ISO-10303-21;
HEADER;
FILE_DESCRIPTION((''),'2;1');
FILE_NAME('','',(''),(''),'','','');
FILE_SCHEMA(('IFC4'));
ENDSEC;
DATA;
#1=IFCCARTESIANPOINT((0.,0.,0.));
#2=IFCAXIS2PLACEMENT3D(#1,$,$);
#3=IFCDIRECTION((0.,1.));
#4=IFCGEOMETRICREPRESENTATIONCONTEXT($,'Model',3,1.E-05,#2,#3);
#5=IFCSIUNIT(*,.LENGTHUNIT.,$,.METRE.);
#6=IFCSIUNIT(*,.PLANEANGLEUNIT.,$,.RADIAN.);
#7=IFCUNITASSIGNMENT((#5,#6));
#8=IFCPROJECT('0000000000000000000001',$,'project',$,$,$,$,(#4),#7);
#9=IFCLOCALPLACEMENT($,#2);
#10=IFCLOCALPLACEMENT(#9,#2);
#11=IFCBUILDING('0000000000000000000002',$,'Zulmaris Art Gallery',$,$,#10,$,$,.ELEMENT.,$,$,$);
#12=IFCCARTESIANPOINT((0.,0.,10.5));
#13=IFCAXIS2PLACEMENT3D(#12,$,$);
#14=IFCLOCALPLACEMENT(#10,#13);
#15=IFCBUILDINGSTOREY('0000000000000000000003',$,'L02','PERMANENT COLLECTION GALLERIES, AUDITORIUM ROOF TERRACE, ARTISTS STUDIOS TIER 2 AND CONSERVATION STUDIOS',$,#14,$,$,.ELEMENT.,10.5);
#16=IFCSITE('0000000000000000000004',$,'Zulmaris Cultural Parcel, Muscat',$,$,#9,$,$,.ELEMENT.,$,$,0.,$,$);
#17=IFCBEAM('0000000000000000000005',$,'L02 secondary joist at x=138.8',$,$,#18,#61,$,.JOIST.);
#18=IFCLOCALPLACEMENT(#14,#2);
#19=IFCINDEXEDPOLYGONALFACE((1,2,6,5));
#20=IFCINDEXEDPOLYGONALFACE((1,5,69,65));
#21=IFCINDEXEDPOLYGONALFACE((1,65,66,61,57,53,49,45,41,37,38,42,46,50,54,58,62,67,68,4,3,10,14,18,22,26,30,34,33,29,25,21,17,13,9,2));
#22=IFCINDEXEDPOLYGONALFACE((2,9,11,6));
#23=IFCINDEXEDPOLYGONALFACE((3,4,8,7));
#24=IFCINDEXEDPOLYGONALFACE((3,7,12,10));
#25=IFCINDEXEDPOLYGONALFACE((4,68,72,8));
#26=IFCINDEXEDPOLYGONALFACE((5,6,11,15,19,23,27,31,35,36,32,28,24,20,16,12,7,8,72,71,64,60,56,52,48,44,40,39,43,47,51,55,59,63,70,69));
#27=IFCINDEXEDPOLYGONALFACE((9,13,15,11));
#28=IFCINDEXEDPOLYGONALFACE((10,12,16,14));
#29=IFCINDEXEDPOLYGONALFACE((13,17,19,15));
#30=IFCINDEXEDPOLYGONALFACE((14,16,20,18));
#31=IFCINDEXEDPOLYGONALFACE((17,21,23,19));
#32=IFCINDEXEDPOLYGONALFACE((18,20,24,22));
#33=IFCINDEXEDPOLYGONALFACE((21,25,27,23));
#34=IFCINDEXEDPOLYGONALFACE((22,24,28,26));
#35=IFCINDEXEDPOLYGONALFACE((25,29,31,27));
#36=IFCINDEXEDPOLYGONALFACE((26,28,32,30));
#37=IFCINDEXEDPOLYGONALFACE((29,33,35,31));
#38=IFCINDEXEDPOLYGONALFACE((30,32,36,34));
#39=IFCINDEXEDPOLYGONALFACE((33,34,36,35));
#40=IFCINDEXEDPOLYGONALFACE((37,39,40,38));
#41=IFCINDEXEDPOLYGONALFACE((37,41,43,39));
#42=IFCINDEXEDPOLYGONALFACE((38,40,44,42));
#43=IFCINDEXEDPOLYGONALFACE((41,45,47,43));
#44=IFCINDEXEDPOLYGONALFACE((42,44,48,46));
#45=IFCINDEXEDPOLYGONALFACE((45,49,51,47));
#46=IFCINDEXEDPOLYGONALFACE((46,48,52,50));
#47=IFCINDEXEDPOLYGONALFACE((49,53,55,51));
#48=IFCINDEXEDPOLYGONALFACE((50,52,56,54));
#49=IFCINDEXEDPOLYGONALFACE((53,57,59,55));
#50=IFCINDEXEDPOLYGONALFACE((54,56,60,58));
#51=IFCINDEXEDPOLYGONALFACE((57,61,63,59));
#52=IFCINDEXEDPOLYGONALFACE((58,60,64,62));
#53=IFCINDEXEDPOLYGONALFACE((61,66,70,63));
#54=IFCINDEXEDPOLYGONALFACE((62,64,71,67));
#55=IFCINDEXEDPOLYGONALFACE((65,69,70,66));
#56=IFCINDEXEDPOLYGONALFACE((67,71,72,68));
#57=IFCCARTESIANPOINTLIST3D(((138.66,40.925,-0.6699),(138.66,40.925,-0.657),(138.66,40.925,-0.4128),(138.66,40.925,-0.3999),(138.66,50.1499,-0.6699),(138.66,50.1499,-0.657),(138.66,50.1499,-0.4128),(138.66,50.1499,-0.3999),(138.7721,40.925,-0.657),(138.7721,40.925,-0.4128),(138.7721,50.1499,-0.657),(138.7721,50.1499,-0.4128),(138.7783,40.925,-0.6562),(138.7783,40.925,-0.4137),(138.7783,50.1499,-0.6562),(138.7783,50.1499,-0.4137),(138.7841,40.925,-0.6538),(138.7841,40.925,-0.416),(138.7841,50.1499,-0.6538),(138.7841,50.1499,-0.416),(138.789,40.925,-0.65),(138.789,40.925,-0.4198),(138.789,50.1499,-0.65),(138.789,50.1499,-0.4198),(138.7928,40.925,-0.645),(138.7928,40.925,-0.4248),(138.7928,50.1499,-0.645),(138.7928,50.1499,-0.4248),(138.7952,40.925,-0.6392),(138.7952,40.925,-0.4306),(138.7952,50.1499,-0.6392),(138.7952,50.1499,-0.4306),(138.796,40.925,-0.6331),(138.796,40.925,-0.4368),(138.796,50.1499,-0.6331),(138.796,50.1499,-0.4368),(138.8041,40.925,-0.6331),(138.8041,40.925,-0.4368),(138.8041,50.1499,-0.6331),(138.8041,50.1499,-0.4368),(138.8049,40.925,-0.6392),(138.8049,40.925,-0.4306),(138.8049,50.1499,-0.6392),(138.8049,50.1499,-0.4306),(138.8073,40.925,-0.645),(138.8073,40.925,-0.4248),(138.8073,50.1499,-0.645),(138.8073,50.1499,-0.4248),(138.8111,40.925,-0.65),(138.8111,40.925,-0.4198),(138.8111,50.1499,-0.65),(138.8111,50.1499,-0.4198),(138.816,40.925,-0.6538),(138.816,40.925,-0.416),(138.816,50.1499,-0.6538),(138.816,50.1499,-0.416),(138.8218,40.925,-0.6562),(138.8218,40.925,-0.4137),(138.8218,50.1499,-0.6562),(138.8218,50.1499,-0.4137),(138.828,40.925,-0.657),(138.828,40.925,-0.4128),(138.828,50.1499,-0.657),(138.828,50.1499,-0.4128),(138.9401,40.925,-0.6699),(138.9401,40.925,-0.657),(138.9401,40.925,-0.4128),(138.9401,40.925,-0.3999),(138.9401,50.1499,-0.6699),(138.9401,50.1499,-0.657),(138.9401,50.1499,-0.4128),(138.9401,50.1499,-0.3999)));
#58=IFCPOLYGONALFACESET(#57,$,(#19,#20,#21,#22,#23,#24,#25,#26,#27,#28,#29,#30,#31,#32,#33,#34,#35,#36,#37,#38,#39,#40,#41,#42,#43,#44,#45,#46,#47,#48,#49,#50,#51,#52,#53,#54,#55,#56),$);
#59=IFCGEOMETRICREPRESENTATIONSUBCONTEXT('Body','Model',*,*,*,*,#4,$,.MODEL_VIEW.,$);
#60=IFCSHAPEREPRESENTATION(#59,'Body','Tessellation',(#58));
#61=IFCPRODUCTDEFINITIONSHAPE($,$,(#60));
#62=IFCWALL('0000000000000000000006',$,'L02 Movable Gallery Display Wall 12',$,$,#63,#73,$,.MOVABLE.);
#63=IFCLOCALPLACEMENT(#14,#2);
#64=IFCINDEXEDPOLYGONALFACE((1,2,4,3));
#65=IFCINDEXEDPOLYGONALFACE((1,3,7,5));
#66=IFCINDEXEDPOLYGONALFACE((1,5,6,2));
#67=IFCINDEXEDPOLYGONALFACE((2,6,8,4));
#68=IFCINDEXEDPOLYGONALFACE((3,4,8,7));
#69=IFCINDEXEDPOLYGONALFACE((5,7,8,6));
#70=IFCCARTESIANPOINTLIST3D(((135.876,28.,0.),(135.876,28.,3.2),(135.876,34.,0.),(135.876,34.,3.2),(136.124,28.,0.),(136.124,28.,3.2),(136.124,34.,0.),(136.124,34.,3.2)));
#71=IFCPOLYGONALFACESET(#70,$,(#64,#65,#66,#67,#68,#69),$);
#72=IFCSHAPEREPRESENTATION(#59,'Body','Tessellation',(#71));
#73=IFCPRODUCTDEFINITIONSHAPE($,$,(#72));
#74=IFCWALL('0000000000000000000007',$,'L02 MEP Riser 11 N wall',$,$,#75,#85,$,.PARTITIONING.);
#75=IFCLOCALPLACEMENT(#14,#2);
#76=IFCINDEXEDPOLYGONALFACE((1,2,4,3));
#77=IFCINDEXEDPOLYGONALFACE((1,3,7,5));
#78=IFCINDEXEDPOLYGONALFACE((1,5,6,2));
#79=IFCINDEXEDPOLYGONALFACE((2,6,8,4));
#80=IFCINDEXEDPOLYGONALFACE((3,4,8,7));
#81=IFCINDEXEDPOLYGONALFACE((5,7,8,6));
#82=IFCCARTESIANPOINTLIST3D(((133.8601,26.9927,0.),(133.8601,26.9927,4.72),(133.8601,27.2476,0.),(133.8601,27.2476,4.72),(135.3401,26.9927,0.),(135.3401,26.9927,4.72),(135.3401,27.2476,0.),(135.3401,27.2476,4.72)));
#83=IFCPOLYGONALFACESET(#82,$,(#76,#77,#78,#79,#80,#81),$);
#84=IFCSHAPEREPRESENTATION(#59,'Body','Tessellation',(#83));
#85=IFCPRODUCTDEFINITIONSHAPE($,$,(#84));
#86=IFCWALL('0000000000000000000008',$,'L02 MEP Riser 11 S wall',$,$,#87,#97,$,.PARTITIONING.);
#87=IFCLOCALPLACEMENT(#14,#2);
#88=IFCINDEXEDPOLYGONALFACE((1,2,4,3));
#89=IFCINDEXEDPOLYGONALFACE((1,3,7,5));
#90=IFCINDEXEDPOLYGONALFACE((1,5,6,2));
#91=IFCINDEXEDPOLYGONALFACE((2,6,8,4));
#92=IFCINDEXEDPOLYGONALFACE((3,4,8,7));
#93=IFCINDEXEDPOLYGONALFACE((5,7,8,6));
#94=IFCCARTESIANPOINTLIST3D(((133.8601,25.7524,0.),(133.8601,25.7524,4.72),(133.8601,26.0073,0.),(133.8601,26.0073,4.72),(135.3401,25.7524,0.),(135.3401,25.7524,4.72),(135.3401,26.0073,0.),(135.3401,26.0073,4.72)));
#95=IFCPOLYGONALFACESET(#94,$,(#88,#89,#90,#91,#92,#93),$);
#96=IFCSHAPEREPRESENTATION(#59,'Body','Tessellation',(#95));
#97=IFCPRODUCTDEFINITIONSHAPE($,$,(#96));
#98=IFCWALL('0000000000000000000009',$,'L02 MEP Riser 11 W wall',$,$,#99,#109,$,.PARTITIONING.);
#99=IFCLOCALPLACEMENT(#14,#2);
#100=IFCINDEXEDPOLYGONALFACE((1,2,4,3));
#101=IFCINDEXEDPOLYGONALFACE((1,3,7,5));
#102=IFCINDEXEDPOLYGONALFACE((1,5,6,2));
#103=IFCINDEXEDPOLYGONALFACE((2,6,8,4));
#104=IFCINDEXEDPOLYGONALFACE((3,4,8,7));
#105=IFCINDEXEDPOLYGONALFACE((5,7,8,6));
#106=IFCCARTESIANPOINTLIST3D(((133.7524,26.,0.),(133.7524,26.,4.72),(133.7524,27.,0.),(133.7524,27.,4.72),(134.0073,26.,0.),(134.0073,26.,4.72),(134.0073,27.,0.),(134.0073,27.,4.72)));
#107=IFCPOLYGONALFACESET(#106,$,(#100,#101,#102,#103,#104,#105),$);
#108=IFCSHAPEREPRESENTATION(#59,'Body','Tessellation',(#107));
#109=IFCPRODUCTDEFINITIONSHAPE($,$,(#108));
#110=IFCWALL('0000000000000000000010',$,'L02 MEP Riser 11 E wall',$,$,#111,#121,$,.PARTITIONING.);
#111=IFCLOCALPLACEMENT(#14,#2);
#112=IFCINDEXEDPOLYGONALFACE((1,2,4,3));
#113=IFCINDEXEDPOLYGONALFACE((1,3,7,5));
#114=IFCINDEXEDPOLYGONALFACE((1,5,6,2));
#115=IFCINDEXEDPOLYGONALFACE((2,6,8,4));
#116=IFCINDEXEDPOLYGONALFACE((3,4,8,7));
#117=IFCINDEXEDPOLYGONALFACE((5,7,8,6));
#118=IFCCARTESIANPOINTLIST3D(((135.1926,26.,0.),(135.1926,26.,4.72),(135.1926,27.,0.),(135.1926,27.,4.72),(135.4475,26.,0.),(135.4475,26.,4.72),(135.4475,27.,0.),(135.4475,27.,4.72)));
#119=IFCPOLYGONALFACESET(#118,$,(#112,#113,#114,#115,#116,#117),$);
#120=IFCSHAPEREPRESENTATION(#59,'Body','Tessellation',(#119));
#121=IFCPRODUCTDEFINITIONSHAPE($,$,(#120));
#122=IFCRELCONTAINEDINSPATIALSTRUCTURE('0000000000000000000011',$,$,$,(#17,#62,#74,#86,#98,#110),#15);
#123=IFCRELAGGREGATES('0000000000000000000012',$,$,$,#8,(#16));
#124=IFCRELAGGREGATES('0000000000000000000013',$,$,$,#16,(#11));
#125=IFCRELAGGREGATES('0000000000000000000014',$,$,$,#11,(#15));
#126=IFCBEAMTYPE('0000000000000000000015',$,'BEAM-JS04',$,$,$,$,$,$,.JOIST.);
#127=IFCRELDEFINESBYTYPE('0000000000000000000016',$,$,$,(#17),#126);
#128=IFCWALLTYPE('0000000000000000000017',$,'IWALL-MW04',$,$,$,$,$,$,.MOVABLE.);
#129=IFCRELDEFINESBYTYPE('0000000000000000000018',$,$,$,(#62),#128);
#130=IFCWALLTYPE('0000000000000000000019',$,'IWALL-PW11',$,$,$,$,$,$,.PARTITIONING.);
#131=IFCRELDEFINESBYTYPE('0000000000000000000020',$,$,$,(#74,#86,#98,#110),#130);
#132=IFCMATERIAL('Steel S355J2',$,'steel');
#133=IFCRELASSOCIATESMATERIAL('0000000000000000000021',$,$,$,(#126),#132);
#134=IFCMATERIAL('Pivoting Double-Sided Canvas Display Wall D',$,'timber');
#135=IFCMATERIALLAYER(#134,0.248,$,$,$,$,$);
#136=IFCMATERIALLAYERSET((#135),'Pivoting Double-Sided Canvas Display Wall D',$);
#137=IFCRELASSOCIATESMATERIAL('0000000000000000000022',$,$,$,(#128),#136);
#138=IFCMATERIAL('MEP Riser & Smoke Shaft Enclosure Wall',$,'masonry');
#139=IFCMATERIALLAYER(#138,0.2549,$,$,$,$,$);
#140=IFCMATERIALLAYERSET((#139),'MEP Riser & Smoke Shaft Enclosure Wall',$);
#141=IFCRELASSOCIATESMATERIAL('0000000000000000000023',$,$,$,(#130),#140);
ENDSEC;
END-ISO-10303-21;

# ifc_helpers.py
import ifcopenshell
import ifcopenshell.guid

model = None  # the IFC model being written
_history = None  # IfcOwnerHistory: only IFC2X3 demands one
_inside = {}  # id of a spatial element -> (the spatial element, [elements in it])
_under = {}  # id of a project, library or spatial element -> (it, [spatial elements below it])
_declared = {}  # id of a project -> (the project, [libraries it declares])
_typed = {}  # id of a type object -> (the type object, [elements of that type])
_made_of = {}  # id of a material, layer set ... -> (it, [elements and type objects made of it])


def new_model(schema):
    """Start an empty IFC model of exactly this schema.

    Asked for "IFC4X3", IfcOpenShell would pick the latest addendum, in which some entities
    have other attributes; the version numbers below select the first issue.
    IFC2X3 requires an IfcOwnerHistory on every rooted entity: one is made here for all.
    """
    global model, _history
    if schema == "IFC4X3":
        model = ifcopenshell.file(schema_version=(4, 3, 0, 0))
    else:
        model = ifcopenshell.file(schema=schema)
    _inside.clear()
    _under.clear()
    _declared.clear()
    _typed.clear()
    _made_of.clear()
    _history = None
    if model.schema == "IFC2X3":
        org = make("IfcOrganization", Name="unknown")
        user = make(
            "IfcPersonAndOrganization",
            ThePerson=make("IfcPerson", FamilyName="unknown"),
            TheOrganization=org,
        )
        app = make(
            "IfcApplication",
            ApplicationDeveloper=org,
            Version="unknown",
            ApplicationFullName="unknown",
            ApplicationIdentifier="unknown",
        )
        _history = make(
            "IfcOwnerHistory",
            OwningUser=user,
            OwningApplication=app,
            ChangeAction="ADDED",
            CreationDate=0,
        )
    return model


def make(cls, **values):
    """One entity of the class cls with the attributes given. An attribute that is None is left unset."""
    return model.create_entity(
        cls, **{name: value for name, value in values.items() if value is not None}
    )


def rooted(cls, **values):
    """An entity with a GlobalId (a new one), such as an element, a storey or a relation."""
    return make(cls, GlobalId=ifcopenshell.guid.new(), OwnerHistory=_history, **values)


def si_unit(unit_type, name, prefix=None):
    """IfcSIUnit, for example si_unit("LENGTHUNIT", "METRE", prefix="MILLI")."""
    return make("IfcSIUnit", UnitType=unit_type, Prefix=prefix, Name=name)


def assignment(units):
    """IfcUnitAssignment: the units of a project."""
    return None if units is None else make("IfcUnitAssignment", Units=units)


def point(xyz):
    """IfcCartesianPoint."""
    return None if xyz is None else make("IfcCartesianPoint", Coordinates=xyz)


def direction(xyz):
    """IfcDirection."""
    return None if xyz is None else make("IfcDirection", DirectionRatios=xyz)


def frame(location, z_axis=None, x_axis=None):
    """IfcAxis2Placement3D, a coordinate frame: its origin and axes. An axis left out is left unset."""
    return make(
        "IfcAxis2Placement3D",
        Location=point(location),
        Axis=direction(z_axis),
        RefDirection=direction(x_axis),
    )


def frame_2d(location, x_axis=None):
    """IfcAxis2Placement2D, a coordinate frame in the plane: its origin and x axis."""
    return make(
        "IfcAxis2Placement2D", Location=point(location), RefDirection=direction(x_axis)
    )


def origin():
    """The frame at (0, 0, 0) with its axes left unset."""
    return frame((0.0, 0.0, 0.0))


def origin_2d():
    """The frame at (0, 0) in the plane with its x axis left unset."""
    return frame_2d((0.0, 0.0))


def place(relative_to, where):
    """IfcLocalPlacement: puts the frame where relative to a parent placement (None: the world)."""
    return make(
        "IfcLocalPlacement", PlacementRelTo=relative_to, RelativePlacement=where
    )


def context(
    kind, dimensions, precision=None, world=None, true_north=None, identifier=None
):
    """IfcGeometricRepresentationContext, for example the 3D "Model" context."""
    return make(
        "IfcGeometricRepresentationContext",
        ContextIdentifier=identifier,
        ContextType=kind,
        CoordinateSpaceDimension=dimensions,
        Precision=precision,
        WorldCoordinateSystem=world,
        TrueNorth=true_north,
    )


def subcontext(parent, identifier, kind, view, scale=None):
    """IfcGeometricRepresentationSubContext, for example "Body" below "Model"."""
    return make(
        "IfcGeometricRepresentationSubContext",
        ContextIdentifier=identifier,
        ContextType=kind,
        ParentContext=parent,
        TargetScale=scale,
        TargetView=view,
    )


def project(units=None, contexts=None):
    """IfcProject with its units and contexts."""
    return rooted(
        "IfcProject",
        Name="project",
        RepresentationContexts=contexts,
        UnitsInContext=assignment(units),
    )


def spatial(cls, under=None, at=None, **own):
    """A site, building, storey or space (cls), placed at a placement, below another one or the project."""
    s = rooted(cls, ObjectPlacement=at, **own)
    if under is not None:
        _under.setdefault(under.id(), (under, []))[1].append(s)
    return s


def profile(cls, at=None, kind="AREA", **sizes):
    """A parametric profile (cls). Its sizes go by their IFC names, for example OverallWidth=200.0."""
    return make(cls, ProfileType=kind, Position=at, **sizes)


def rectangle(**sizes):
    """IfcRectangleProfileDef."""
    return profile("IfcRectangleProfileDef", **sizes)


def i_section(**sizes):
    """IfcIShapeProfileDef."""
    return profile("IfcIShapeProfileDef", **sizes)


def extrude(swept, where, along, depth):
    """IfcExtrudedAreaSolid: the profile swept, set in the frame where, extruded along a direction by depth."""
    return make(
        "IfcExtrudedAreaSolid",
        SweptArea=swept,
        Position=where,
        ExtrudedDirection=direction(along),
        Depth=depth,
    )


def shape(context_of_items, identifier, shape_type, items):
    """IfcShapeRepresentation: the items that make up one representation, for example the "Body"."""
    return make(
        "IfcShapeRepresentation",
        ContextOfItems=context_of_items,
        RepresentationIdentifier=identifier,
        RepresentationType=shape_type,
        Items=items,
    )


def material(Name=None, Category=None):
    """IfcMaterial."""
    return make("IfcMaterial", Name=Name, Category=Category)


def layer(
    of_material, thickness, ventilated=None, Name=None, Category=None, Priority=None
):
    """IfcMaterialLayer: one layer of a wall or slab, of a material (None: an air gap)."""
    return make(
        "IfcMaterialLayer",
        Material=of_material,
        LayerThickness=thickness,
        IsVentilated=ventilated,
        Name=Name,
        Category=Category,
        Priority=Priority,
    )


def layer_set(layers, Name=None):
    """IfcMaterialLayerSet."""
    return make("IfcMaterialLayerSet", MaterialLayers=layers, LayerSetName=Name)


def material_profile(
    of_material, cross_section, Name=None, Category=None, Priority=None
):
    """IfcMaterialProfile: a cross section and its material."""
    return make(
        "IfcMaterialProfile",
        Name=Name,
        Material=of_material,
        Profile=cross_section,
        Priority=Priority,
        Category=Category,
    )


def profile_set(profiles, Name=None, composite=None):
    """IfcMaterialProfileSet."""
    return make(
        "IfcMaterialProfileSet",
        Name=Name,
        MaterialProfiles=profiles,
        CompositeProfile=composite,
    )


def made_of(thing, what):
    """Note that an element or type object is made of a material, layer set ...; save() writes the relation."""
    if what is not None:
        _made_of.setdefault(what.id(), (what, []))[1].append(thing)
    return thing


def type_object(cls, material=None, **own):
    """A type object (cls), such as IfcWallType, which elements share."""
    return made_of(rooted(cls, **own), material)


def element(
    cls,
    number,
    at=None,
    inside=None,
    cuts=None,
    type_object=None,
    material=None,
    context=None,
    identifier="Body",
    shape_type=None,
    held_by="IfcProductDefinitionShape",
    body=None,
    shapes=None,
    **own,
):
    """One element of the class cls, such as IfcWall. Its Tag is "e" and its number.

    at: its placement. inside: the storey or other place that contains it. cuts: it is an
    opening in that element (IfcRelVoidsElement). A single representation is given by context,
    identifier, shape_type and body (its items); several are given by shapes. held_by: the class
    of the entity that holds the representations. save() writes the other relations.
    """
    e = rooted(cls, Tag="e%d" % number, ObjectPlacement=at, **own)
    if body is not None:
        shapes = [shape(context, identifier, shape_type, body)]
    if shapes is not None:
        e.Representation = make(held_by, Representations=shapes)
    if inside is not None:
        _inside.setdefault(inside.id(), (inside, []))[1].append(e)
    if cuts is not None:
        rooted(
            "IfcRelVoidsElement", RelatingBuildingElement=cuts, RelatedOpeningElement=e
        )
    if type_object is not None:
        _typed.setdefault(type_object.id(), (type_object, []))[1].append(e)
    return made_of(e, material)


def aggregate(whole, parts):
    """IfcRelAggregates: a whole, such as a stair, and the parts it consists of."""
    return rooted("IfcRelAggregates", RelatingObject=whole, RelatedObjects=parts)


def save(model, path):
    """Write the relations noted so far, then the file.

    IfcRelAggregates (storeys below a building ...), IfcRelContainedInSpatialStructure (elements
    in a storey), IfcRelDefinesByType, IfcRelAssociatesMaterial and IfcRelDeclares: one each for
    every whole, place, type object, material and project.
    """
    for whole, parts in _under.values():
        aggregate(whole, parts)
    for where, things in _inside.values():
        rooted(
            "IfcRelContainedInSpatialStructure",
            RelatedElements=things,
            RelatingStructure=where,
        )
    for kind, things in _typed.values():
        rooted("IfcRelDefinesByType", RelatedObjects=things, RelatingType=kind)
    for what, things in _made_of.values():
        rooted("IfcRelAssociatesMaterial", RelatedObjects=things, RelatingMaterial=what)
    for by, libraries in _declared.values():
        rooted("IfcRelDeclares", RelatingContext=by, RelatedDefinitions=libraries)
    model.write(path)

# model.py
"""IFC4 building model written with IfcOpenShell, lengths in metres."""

from ifc_helpers import new_model, si_unit, direction, frame, frame_2d, origin, origin_2d, place, context, subcontext, project, spatial, rectangle, i_section, extrude, material, layer, layer_set, material_profile, profile_set, type_object, element, save


model = new_model("IFC4")

# Units and contexts
model_context = context("Model", 3, precision=1e-05, world=origin(), true_north=direction((0.0, 1.0)))
body_context = subcontext(model_context, "Body", "Model", "MODEL_VIEW")
ifc_project = project(units=[si_unit("LENGTHUNIT", "METRE"), si_unit("PLANEANGLEUNIT", "RADIAN")], contexts=[model_context])

# Site, building, storey
site_placement = place(None, origin())
site = spatial("IfcSite", under=ifc_project, at=site_placement, Name="Zulmaris Cultural Parcel, Muscat", CompositionType="ELEMENT", RefElevation=0.0)
building_placement = place(site_placement, origin())
building = spatial("IfcBuilding", under=site, at=building_placement, Name="Zulmaris Art Gallery", CompositionType="ELEMENT")
storey_placement = place(building_placement, frame((0.0, 0.0, 10.5)))
storey = spatial("IfcBuildingStorey", under=building, at=storey_placement, Name="L02", Description="PERMANENT COLLECTION GALLERIES, AUDITORIUM ROOF TERRACE, ARTISTS STUDIOS TIER 2 AND CONSERVATION STUDIOS", CompositionType="ELEMENT", Elevation=10.5)

# Beam
ifc_material_1 = material(Name="Steel S355J2", Category="steel")
ifc_material_profile_1 = material_profile(ifc_material_1, i_section(OverallWidth=0.28, OverallDepth=0.27, WebThickness=0.0081, FlangeThickness=0.0129, FilletRadius=0.0239, at=origin_2d()), Name="HEA 280")
ifc_profile_set_1 = profile_set([ifc_material_profile_1], Name="Steel S355J2")
beam_type_1 = type_object("IfcBeamType", Name="BEAM-JS04", PredefinedType="JOIST", material=ifc_profile_set_1)
beam_1_placement = place(storey_placement, frame((138.8, 40.925, -0.5349), z_axis=(0.0, 1.0, 0.0), x_axis=(-1.0, 0.0, 0.0)))
element("IfcBeam", 1, at=beam_1_placement, inside=storey, type_object=beam_type_1, Name="L02 secondary joist at x=138.8", PredefinedType="JOIST", context=body_context, shape_type="SweptSolid", body=[
    extrude(i_section(OverallWidth=0.28, OverallDepth=0.27, WebThickness=0.0081, FlangeThickness=0.0129, FilletRadius=0.0239, at=origin_2d()), origin(), (0.0, 0.0, 1.0), 9.2249),
])

# Walls
ifc_material_2 = material(Name="Pivoting Double-Sided Canvas Display Wall D", Category="timber")
ifc_layer_1 = layer(ifc_material_2, 0.248)
ifc_layer_set_1 = layer_set([ifc_layer_1], Name="Pivoting Double-Sided Canvas Display Wall D")
wall_type_1 = type_object("IfcWallType", Name="IWALL-MW04", PredefinedType="MOVABLE", material=ifc_layer_set_1)
wall_placement = place(storey_placement, frame((136.0, 28.0, 0.0), z_axis=(0.0, 0.0, 1.0), x_axis=(0.0, 1.0, 0.0)))
element("IfcWall", 2, at=wall_placement, inside=storey, type_object=wall_type_1, Name="L02 Movable Gallery Display Wall 12", PredefinedType="MOVABLE", context=body_context, shape_type="SweptSolid", body=[
    extrude(rectangle(XDim=6.0, YDim=0.248, at=frame_2d((3.0, 0.0))), origin(), (0.0, 0.0, 1.0), 3.2),
])
ifc_material_3 = material(Name="MEP Riser & Smoke Shaft Enclosure Wall", Category="masonry")
ifc_layer_2 = layer(ifc_material_3, 0.2549)
ifc_layer_set_2 = layer_set([ifc_layer_2], Name="MEP Riser & Smoke Shaft Enclosure Wall")
wall_type_2 = type_object("IfcWallType", Name="IWALL-PW11", PredefinedType="PARTITIONING", material=ifc_layer_set_2)
for number, where, z_axis, x_axis, name in (
    (3, (133.8601, 27.1201, 0.0), (0.0, 0.0, 1.0), (1.0, 0.0, 0.0), "L02 MEP Riser 11 N wall"),
    (4, (133.8601, 25.8799, 0.0), (0.0, 0.0, 1.0), (1.0, 0.0, 0.0), "L02 MEP Riser 11 S wall"),
):
    element("IfcWall", number, at=place(storey_placement, frame(where, z_axis=z_axis, x_axis=x_axis)), inside=storey, type_object=wall_type_2, Name=name, PredefinedType="PARTITIONING", context=body_context, shape_type="SweptSolid", body=[
        extrude(rectangle(XDim=1.48, YDim=0.2549, at=frame_2d((0.74, 0.0))), origin(), (0.0, 0.0, 1.0), 4.72),
    ])
for number, where, z_axis, x_axis, name in (
    (5, (133.8799, 26.0, 0.0), (0.0, 0.0, 1.0), (0.0, 1.0, 0.0), "L02 MEP Riser 11 W wall"),
    (6, (135.3201, 26.0, 0.0), (0.0, 0.0, 1.0), (0.0, 1.0, 0.0), "L02 MEP Riser 11 E wall"),
):
    element("IfcWall", number, at=place(storey_placement, frame(where, z_axis=z_axis, x_axis=x_axis)), inside=storey, type_object=wall_type_2, Name=name, PredefinedType="PARTITIONING", context=body_context, shape_type="SweptSolid", body=[
        extrude(rectangle(XDim=1.0, YDim=0.2549, at=frame_2d((0.5, 0.0))), origin(), (0.0, 0.0, 1.0), 4.72),
    ])

save(model, "model.ifc")
